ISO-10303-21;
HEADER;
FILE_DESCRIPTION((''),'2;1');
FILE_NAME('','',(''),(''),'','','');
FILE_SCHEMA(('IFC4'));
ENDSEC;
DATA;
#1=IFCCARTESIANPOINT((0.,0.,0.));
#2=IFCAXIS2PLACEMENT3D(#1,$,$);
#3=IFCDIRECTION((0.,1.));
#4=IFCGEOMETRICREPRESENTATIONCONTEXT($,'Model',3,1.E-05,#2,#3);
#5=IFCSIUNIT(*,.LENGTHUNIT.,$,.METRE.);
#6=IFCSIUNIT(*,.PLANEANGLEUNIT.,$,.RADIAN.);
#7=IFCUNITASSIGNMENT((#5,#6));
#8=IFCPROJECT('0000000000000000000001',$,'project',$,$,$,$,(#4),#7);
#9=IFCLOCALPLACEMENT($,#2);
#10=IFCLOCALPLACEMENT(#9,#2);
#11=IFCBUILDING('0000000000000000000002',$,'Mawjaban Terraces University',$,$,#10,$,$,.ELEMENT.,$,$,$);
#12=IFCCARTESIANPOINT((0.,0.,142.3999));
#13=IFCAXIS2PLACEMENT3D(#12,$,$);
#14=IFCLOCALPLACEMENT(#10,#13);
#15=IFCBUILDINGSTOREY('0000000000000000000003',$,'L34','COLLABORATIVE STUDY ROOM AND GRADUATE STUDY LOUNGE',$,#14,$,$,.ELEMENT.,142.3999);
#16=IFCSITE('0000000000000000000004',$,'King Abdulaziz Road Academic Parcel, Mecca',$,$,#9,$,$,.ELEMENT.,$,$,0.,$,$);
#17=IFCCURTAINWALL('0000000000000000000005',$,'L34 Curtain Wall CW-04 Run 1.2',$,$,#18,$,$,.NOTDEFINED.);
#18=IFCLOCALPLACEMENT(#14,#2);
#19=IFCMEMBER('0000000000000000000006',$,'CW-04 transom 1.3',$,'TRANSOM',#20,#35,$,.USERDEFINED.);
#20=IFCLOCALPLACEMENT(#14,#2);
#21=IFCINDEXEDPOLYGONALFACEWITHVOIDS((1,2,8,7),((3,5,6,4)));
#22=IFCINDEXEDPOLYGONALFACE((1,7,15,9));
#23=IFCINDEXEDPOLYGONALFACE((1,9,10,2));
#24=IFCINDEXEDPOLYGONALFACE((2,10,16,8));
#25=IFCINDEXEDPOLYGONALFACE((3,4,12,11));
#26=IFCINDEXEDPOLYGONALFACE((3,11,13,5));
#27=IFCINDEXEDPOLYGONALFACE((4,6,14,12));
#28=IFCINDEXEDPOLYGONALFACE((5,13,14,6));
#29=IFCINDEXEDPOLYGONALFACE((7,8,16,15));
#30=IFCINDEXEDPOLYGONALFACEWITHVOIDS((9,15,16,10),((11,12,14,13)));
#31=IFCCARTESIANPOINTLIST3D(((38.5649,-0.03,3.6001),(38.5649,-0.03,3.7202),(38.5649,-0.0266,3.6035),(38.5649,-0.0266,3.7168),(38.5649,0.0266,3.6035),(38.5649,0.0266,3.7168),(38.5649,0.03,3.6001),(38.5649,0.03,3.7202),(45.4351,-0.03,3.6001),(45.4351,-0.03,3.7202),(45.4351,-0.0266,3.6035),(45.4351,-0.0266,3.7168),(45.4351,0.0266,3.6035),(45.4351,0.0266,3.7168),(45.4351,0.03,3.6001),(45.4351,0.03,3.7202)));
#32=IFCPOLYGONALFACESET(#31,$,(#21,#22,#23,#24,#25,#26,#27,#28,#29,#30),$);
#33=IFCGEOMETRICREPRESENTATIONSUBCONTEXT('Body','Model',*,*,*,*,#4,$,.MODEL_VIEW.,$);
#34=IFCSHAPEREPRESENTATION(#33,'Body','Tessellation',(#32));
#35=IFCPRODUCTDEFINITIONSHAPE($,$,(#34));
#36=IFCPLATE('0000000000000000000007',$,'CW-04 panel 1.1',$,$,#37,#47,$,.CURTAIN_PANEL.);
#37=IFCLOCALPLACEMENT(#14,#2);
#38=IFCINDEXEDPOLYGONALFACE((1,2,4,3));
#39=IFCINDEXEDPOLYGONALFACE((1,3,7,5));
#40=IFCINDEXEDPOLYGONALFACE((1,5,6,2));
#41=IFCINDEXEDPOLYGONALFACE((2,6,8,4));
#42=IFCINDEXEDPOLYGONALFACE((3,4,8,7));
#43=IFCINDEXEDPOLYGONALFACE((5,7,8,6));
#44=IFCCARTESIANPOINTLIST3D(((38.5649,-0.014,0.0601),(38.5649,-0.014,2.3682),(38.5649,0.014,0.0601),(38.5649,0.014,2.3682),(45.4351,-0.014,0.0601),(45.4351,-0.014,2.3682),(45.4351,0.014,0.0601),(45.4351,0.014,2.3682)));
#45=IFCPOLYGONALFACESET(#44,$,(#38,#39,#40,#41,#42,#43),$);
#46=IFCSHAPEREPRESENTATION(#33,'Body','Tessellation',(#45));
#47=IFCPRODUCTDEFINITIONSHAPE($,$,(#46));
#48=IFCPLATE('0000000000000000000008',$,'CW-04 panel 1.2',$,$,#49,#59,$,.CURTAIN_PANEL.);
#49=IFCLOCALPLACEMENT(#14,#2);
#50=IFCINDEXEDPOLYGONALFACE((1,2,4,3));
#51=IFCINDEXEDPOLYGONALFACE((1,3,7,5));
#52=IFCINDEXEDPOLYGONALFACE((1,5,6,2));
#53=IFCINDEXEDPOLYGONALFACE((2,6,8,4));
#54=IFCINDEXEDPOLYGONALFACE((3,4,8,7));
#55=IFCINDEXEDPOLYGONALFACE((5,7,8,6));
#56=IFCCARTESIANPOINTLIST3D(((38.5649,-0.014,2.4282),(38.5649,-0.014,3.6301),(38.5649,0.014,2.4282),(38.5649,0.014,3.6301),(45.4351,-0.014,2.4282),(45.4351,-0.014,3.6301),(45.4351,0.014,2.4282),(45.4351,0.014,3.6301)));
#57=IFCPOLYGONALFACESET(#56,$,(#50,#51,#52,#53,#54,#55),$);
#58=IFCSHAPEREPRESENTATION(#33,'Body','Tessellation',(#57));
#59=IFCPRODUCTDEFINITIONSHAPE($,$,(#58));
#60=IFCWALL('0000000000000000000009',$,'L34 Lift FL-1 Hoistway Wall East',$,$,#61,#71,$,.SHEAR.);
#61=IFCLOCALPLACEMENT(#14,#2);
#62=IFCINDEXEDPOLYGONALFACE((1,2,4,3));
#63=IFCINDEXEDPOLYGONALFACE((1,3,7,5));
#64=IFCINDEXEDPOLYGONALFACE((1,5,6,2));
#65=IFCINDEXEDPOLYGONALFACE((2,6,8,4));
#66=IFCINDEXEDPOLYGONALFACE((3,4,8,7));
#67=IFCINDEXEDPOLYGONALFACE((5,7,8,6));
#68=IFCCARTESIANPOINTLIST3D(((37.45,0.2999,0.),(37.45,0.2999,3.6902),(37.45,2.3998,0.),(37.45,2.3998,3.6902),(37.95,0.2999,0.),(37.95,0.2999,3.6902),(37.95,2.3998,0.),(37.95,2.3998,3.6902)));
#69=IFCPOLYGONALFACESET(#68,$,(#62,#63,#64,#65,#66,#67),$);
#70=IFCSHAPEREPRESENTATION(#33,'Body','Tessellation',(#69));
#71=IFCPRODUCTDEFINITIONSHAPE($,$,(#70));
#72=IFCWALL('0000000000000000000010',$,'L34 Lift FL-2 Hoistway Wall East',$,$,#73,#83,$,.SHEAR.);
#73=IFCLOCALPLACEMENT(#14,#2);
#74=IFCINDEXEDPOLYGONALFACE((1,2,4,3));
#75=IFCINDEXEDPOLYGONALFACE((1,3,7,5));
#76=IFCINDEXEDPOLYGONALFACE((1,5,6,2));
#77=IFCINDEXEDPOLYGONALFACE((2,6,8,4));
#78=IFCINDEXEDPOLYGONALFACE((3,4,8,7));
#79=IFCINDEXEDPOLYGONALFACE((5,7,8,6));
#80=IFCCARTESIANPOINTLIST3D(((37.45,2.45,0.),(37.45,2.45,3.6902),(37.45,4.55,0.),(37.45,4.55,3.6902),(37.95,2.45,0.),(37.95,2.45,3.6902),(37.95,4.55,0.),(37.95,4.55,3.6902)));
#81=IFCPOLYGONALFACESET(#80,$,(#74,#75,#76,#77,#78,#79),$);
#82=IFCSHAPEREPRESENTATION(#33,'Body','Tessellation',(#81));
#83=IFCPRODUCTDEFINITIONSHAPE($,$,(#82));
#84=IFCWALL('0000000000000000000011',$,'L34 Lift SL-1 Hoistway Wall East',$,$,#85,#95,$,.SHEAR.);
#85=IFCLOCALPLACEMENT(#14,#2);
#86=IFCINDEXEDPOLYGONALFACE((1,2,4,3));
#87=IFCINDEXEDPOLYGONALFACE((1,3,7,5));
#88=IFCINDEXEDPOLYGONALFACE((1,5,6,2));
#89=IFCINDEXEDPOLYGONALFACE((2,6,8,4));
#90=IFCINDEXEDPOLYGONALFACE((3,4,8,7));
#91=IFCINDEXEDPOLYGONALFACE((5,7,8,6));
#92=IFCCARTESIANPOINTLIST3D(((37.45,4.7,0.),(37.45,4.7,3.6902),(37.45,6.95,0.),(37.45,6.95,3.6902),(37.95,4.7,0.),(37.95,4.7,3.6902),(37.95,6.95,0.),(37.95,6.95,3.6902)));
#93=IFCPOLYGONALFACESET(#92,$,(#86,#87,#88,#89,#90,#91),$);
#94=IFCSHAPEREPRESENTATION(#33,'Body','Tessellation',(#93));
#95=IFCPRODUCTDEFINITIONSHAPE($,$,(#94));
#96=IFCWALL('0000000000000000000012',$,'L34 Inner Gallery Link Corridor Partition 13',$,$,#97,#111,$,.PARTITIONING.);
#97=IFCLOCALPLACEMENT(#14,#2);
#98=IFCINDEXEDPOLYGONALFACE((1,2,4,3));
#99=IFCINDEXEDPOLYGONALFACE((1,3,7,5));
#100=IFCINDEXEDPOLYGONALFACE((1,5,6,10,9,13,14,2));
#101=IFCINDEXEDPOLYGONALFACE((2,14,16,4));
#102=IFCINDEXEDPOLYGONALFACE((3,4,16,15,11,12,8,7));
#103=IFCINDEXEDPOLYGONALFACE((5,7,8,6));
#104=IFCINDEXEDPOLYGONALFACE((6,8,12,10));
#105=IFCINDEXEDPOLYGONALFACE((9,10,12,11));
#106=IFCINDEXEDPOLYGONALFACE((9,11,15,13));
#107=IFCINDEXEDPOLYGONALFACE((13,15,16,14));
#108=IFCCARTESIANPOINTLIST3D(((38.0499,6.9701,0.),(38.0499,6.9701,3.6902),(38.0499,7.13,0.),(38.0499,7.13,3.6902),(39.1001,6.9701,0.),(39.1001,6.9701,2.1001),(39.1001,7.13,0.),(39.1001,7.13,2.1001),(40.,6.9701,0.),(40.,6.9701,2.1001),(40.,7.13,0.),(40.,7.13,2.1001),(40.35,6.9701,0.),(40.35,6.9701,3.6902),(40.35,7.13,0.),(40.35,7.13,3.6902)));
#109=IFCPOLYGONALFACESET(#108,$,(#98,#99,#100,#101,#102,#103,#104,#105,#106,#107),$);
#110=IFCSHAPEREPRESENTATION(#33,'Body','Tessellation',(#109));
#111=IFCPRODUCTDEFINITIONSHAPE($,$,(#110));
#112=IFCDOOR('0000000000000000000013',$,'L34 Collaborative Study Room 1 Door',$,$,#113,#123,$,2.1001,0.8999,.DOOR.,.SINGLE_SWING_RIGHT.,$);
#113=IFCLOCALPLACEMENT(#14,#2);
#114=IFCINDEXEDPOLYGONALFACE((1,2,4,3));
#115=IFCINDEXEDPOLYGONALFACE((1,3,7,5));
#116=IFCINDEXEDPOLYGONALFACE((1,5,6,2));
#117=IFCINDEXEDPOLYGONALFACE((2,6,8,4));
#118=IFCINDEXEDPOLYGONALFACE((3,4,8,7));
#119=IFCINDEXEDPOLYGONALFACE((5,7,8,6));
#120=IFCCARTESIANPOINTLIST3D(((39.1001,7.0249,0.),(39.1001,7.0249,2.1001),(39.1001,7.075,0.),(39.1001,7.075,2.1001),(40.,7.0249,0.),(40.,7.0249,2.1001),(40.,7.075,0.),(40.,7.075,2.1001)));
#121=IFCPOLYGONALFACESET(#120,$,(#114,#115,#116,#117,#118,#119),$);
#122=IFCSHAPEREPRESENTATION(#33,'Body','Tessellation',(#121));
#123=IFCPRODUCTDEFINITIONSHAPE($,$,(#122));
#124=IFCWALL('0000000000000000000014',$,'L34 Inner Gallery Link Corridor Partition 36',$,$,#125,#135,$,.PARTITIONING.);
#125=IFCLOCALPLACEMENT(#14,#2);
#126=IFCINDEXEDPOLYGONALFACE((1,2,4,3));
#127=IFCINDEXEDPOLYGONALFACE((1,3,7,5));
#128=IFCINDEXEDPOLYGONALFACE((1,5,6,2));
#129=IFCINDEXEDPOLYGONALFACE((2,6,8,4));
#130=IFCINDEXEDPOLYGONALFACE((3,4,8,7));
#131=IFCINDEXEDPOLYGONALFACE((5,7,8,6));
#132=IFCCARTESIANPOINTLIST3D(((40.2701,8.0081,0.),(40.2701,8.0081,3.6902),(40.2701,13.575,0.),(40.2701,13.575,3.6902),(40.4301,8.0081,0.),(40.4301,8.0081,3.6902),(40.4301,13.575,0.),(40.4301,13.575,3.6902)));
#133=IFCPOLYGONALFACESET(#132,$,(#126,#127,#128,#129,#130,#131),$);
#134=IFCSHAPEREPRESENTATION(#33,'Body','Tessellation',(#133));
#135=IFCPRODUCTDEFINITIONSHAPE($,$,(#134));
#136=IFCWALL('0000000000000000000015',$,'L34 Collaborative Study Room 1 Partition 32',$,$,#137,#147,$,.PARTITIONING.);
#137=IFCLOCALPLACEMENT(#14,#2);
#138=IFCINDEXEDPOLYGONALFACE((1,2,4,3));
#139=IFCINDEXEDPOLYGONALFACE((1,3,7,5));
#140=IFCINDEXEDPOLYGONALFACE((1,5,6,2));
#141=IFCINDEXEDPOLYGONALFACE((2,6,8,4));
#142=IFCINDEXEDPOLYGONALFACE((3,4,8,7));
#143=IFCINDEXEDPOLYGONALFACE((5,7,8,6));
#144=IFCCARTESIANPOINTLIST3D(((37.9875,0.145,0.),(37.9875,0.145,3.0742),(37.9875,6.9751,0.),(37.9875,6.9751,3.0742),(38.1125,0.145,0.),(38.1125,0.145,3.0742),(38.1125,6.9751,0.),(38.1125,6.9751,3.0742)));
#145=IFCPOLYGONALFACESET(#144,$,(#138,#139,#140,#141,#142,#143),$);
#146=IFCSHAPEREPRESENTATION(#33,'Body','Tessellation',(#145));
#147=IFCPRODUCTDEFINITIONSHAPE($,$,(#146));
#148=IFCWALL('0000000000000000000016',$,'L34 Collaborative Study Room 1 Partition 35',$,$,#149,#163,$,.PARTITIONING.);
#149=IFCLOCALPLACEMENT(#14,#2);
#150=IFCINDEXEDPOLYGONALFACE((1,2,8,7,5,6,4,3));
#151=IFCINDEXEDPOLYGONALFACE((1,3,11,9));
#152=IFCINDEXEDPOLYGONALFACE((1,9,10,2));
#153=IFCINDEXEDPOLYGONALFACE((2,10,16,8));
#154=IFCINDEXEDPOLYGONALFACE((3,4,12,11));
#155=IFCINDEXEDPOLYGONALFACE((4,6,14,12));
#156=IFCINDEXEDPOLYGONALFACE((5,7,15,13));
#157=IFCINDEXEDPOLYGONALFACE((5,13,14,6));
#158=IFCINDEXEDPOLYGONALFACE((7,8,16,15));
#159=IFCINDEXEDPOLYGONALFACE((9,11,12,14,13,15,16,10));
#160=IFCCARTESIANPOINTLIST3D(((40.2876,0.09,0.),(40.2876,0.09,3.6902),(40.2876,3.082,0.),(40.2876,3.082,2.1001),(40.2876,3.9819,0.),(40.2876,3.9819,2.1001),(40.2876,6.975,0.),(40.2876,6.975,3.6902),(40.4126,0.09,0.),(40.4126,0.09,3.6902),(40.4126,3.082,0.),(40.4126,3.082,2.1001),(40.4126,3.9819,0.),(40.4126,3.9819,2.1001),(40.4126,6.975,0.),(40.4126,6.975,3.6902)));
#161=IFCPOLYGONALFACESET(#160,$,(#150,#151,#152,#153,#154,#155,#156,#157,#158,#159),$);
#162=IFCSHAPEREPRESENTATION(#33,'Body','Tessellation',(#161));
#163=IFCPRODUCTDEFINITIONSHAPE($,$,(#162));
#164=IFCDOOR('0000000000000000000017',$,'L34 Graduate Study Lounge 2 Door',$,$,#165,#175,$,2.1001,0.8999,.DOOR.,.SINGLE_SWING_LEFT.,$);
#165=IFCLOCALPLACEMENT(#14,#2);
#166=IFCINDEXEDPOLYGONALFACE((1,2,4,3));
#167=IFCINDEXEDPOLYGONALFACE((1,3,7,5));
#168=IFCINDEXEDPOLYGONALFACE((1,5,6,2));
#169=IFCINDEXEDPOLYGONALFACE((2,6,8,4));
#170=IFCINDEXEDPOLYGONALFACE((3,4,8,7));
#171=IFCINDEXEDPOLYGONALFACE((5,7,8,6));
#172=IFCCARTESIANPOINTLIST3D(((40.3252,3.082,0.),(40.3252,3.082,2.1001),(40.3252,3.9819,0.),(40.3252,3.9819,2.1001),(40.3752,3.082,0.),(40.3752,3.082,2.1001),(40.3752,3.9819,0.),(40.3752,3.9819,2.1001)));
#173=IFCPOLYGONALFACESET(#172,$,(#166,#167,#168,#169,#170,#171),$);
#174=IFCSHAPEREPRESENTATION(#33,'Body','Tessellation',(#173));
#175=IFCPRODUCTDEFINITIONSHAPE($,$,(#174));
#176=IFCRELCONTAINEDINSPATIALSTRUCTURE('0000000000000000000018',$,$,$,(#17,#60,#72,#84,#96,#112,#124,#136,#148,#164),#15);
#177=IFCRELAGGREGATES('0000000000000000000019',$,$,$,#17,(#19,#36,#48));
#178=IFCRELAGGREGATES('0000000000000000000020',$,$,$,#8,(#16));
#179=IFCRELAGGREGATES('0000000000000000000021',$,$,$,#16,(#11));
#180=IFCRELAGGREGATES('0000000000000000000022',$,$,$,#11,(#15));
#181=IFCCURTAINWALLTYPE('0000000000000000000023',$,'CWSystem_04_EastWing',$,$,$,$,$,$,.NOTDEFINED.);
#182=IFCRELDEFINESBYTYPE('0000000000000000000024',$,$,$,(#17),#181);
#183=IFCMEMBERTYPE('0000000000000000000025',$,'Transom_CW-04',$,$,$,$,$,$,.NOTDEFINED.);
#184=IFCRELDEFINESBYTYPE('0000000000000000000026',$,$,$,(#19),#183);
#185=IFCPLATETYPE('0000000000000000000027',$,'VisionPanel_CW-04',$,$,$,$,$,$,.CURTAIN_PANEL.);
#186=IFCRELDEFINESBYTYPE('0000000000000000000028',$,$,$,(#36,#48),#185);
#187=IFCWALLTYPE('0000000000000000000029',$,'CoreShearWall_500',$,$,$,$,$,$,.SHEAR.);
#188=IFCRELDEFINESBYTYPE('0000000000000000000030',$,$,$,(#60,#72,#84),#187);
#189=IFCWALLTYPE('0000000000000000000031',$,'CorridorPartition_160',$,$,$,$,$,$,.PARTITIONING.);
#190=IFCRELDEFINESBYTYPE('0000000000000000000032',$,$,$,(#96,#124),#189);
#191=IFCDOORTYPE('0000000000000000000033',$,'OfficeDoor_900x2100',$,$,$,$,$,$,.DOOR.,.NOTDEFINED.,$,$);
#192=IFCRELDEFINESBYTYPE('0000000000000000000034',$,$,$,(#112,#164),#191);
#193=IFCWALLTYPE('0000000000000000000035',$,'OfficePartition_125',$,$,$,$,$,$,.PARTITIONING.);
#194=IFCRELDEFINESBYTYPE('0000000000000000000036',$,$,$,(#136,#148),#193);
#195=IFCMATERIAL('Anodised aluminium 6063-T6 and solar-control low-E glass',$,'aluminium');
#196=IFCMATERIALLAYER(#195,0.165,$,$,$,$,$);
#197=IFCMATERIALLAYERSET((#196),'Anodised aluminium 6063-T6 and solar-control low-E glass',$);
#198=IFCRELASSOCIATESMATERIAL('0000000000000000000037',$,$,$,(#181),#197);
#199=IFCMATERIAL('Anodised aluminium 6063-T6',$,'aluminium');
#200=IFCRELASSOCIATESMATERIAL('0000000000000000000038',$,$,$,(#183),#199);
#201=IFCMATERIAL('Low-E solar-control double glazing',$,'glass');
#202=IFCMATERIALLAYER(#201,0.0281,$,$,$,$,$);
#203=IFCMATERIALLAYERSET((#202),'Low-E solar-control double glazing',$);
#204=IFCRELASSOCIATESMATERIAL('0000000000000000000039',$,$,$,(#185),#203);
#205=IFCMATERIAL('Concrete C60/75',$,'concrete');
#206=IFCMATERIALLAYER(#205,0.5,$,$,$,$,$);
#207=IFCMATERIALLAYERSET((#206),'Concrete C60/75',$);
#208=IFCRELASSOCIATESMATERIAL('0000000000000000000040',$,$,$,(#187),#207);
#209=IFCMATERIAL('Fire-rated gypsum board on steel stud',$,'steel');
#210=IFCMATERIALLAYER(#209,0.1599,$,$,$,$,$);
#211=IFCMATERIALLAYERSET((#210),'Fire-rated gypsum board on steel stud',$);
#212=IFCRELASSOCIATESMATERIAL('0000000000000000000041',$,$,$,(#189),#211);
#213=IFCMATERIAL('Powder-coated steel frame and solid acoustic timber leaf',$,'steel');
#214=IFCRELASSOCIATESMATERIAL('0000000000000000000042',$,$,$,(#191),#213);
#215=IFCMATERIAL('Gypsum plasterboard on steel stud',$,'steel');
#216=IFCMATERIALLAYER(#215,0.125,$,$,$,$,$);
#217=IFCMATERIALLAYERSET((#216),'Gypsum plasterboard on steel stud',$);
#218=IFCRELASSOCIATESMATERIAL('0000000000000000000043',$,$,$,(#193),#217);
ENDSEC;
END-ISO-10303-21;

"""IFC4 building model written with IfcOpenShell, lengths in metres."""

from ifc_helpers import new_model, si_unit, direction, frame, frame_2d, origin, origin_2d, place, context, subcontext, project, spatial, rectangle, hollow_rectangle, extrude, material, layer, layer_set, material_profile, profile_set, type_object, element, fill, aggregate, save


model = new_model("IFC4")

# Units and contexts
model_context = context("Model", 3, precision=1e-05, world=origin(), true_north=direction((0.0, 1.0)))
body_context = subcontext(model_context, "Body", "Model", "MODEL_VIEW")
ifc_project = project(units=[si_unit("LENGTHUNIT", "METRE"), si_unit("PLANEANGLEUNIT", "RADIAN")], contexts=[model_context])

# Site, building, storey
site_placement = place(None, origin())
site = spatial("IfcSite", under=ifc_project, at=site_placement, Name="King Abdulaziz Road Academic Parcel, Mecca", CompositionType="ELEMENT", RefElevation=0.0)
building_placement = place(site_placement, origin())
building = spatial("IfcBuilding", under=site, at=building_placement, Name="Mawjaban Terraces University", CompositionType="ELEMENT")
storey_placement = place(building_placement, frame((0.0, 0.0, 142.3999)))
storey = spatial("IfcBuildingStorey", under=building, at=storey_placement, Name="L34", Description="COLLABORATIVE STUDY ROOM AND GRADUATE STUDY LOUNGE", CompositionType="ELEMENT", Elevation=142.3999)

# Curtain wall, member, plates
ifc_material_1 = material(Name="Anodised aluminium 6063-T6 and solar-control low-E glass", Category="aluminium")
ifc_layer_1 = layer(ifc_material_1, 0.165)
ifc_layer_set_1 = layer_set([ifc_layer_1], Name="Anodised aluminium 6063-T6 and solar-control low-E glass")
curtain_wall_type = type_object("IfcCurtainWallType", Name="CWSystem_04_EastWing", PredefinedType="NOTDEFINED", material=ifc_layer_set_1)
curtain_wall_placement = place(storey_placement, origin())
curtain_wall = element("IfcCurtainWall", 1, at=curtain_wall_placement, inside=storey, type_object=curtain_wall_type, Name="L34 Curtain Wall CW-04 Run 1.2", PredefinedType="NOTDEFINED")
ifc_material_2 = material(Name="Anodised aluminium 6063-T6", Category="aluminium")
ifc_material_profile_1 = material_profile(ifc_material_2, hollow_rectangle(XDim=0.0601, YDim=0.1201, WallThickness=0.0034, at=origin_2d()), Name="ALU120X60X3.5")
ifc_profile_set_1 = profile_set([ifc_material_profile_1], Name="Anodised aluminium 6063-T6")
member_type_1 = type_object("IfcMemberType", Name="Transom_CW-04", PredefinedType="NOTDEFINED", material=ifc_profile_set_1)
member_1_placement = place(storey_placement, frame((38.5649, 0.0, 3.6602), z_axis=(1.0, 0.0, 0.0), x_axis=(0.0, 1.0, 0.0)))
member_1 = element("IfcMember", 2, at=member_1_placement, type_object=member_type_1, Name="CW-04 transom 1.3", ObjectType="TRANSOM", PredefinedType="USERDEFINED", context=body_context, shape_type="SweptSolid", body=[
    extrude(hollow_rectangle(XDim=0.0601, YDim=0.1201, WallThickness=0.0034, at=origin_2d()), origin(), (0.0, 0.0, 1.0), 6.8701),
])
ifc_material_3 = material(Name="Low-E solar-control double glazing", Category="glass")
ifc_layer_2 = layer(ifc_material_3, 0.0281)
ifc_layer_set_2 = layer_set([ifc_layer_2], Name="Low-E solar-control double glazing")
plate_type = type_object("IfcPlateType", Name="VisionPanel_CW-04", PredefinedType="CURTAIN_PANEL", material=ifc_layer_set_2)
plate_1_placement = place(storey_placement, frame((42.0, 0.0, 0.0601), z_axis=(0.0, 0.0, 1.0), x_axis=(1.0, 0.0, 0.0)))
plate_1 = element("IfcPlate", 3, at=plate_1_placement, type_object=plate_type, Name="CW-04 panel 1.1", PredefinedType="CURTAIN_PANEL", context=body_context, shape_type="SweptSolid", body=[
    extrude(rectangle(XDim=6.8701, YDim=0.0281, at=origin_2d()), origin(), (0.0, 0.0, 1.0), 2.3081),
])
plate_2_placement = place(storey_placement, frame((42.0, 0.0, 2.4282), z_axis=(0.0, 0.0, 1.0), x_axis=(1.0, 0.0, 0.0)))
plate_2 = element("IfcPlate", 4, at=plate_2_placement, type_object=plate_type, Name="CW-04 panel 1.2", PredefinedType="CURTAIN_PANEL", context=body_context, shape_type="SweptSolid", body=[
    extrude(rectangle(XDim=6.8701, YDim=0.0281, at=origin_2d()), origin(), (0.0, 0.0, 1.0), 1.2019),
])
aggregate(curtain_wall, [member_1, plate_1, plate_2])

# Walls
ifc_material_4 = material(Name="Concrete C60/75", Category="concrete")
ifc_layer_3 = layer(ifc_material_4, 0.5)
ifc_layer_set_3 = layer_set([ifc_layer_3], Name="Concrete C60/75")
wall_type_1 = type_object("IfcWallType", Name="CoreShearWall_500", PredefinedType="SHEAR", material=ifc_layer_set_3)
wall_1_placement = place(storey_placement, frame((37.7, 0.3, 0.0), z_axis=(0.0, 0.0, 1.0), x_axis=(0.0, 1.0, 0.0)))
element("IfcWall", 5, at=wall_1_placement, inside=storey, type_object=wall_type_1, Name="L34 Lift FL-1 Hoistway Wall East", PredefinedType="SHEAR", context=body_context, shape_type="SweptSolid", body=[
    extrude(rectangle(XDim=2.0999, YDim=0.5, at=frame_2d((1.0498, 0.0))), origin(), (0.0, 0.0, 1.0), 3.6902),
])
wall_2_placement = place(storey_placement, frame((37.7, 2.45, 0.0), z_axis=(0.0, 0.0, 1.0), x_axis=(0.0, 1.0, 0.0)))
element("IfcWall", 6, at=wall_2_placement, inside=storey, type_object=wall_type_1, Name="L34 Lift FL-2 Hoistway Wall East", PredefinedType="SHEAR", context=body_context, shape_type="SweptSolid", body=[
    extrude(rectangle(XDim=2.1001, YDim=0.5, at=frame_2d((1.05, 0.0))), origin(), (0.0, 0.0, 1.0), 3.6902),
])
wall_3_placement = place(storey_placement, frame((37.7, 4.7, 0.0), z_axis=(0.0, 0.0, 1.0), x_axis=(0.0, 1.0, 0.0)))
element("IfcWall", 7, at=wall_3_placement, inside=storey, type_object=wall_type_1, Name="L34 Lift SL-1 Hoistway Wall East", PredefinedType="SHEAR", context=body_context, shape_type="SweptSolid", body=[
    extrude(rectangle(XDim=2.25, YDim=0.5, at=frame_2d((1.125, 0.0))), origin(), (0.0, 0.0, 1.0), 3.6902),
])

# Wall, opening, door
ifc_material_5 = material(Name="Fire-rated gypsum board on steel stud", Category="steel")
ifc_layer_4 = layer(ifc_material_5, 0.1599)
ifc_layer_set_4 = layer_set([ifc_layer_4], Name="Fire-rated gypsum board on steel stud")
wall_type_2 = type_object("IfcWallType", Name="CorridorPartition_160", PredefinedType="PARTITIONING", material=ifc_layer_set_4)
wall_4_placement = place(storey_placement, frame((38.05, 7.05, 0.0), z_axis=(0.0, 0.0, 1.0), x_axis=(1.0, 0.0, 0.0)))
wall_4 = element("IfcWall", 8, at=wall_4_placement, inside=storey, type_object=wall_type_2, Name="L34 Inner Gallery Link Corridor Partition 13", PredefinedType="PARTITIONING", context=body_context, shape_type="SweptSolid", body=[
    extrude(rectangle(XDim=2.3, YDim=0.1599, at=frame_2d((1.1499, 0.0))), origin(), (0.0, 0.0, 1.0), 3.6902),
])
opening_1_placement = place(wall_4_placement, frame((1.05, 0.0, 0.0)))
opening_1 = element("IfcOpeningElement", 9, at=opening_1_placement, cuts=wall_4, PredefinedType="OPENING", context=body_context, shape_type="SweptSolid", body=[
    extrude(rectangle(XDim=0.8999, YDim=2.1001, at=frame_2d((0.45, 1.05))), frame((0.0, 0.0898, 0.0), z_axis=(0.0, -1.0, 0.0), x_axis=(1.0, 0.0, 0.0)), (0.0, 0.0, 1.0), 0.1799),
])
ifc_material_6 = material(Name="Powder-coated steel frame and solid acoustic timber leaf", Category="steel")
door_type = type_object("IfcDoorType", Name="OfficeDoor_900x2100", OperationType="NOTDEFINED", PredefinedType="DOOR", material=ifc_material_6)
door_1_placement = place(opening_1_placement, origin())
door_1 = element("IfcDoor", 10, at=door_1_placement, inside=storey, type_object=door_type, Name="L34 Collaborative Study Room 1 Door", OperationType="SINGLE_SWING_RIGHT", OverallHeight=2.1001, OverallWidth=0.8999, PredefinedType="DOOR", context=body_context, shape_type="SweptSolid", body=[
    extrude(rectangle(XDim=0.8999, YDim=2.1001, at=frame_2d((0.45, 1.05))), frame((0.0, 0.0249, 0.0), z_axis=(0.0, -1.0, 0.0), x_axis=(1.0, 0.0, 0.0)), (0.0, 0.0, 1.0), 0.05),
])
fill(opening_1, door_1)

# Walls
wall_5_placement = place(storey_placement, frame((40.3501, 8.0081, 0.0), z_axis=(0.0, 0.0, 1.0), x_axis=(0.0, 1.0, 0.0)))
element("IfcWall", 11, at=wall_5_placement, inside=storey, type_object=wall_type_2, Name="L34 Inner Gallery Link Corridor Partition 36", PredefinedType="PARTITIONING", context=body_context, shape_type="SweptSolid", body=[
    extrude(rectangle(XDim=5.5669, YDim=0.1599, at=frame_2d((2.7834, 0.0))), origin(), (0.0, 0.0, 1.0), 3.6902),
])
ifc_material_7 = material(Name="Gypsum plasterboard on steel stud", Category="steel")
ifc_layer_5 = layer(ifc_material_7, 0.125)
ifc_layer_set_5 = layer_set([ifc_layer_5], Name="Gypsum plasterboard on steel stud")
wall_type_3 = type_object("IfcWallType", Name="OfficePartition_125", PredefinedType="PARTITIONING", material=ifc_layer_set_5)
wall_6_placement = place(storey_placement, frame((38.05, 6.9751, 0.0), z_axis=(0.0, 0.0, 1.0), x_axis=(0.0, -1.0, 0.0)))
element("IfcWall", 12, at=wall_6_placement, inside=storey, type_object=wall_type_3, Name="L34 Collaborative Study Room 1 Partition 32", PredefinedType="PARTITIONING", context=body_context, shape_type="SweptSolid", body=[
    extrude(rectangle(XDim=6.8301, YDim=0.125, at=frame_2d((3.415, 0.0))), origin(), (0.0, 0.0, 1.0), 3.0742),
])

# Wall, opening, door
wall_7_placement = place(storey_placement, frame((40.3501, 0.0901, 0.0), z_axis=(0.0, 0.0, 1.0), x_axis=(0.0, 1.0, 0.0)))
wall_7 = element("IfcWall", 13, at=wall_7_placement, inside=storey, type_object=wall_type_3, Name="L34 Collaborative Study Room 1 Partition 35", PredefinedType="PARTITIONING", context=body_context, shape_type="SweptSolid", body=[
    extrude(rectangle(XDim=6.885, YDim=0.125, at=frame_2d((3.4424, 0.0))), origin(), (0.0, 0.0, 1.0), 3.6902),
])
opening_2_placement = place(wall_7_placement, frame((2.9919, 0.0, 0.0)))
opening_2 = element("IfcOpeningElement", 14, at=opening_2_placement, cuts=wall_7, PredefinedType="OPENING", context=body_context, shape_type="SweptSolid", body=[
    extrude(rectangle(XDim=0.8999, YDim=2.1001, at=frame_2d((0.45, 1.05))), frame((0.0, 0.0725, 0.0), z_axis=(0.0, -1.0, 0.0), x_axis=(1.0, 0.0, 0.0)), (0.0, 0.0, 1.0), 0.145),
])
door_2_placement = place(opening_2_placement, origin())
door_2 = element("IfcDoor", 15, at=door_2_placement, inside=storey, type_object=door_type, Name="L34 Graduate Study Lounge 2 Door", OperationType="SINGLE_SWING_LEFT", OverallHeight=2.1001, OverallWidth=0.8999, PredefinedType="DOOR", context=body_context, shape_type="SweptSolid", body=[
    extrude(rectangle(XDim=0.8999, YDim=2.1001, at=frame_2d((0.45, 1.05))), frame((0.0, 0.0249, 0.0), z_axis=(0.0, -1.0, 0.0), x_axis=(1.0, 0.0, 0.0)), (0.0, 0.0, 1.0), 0.05),
])
fill(opening_2, door_2)

save(model, "model.ifc")
